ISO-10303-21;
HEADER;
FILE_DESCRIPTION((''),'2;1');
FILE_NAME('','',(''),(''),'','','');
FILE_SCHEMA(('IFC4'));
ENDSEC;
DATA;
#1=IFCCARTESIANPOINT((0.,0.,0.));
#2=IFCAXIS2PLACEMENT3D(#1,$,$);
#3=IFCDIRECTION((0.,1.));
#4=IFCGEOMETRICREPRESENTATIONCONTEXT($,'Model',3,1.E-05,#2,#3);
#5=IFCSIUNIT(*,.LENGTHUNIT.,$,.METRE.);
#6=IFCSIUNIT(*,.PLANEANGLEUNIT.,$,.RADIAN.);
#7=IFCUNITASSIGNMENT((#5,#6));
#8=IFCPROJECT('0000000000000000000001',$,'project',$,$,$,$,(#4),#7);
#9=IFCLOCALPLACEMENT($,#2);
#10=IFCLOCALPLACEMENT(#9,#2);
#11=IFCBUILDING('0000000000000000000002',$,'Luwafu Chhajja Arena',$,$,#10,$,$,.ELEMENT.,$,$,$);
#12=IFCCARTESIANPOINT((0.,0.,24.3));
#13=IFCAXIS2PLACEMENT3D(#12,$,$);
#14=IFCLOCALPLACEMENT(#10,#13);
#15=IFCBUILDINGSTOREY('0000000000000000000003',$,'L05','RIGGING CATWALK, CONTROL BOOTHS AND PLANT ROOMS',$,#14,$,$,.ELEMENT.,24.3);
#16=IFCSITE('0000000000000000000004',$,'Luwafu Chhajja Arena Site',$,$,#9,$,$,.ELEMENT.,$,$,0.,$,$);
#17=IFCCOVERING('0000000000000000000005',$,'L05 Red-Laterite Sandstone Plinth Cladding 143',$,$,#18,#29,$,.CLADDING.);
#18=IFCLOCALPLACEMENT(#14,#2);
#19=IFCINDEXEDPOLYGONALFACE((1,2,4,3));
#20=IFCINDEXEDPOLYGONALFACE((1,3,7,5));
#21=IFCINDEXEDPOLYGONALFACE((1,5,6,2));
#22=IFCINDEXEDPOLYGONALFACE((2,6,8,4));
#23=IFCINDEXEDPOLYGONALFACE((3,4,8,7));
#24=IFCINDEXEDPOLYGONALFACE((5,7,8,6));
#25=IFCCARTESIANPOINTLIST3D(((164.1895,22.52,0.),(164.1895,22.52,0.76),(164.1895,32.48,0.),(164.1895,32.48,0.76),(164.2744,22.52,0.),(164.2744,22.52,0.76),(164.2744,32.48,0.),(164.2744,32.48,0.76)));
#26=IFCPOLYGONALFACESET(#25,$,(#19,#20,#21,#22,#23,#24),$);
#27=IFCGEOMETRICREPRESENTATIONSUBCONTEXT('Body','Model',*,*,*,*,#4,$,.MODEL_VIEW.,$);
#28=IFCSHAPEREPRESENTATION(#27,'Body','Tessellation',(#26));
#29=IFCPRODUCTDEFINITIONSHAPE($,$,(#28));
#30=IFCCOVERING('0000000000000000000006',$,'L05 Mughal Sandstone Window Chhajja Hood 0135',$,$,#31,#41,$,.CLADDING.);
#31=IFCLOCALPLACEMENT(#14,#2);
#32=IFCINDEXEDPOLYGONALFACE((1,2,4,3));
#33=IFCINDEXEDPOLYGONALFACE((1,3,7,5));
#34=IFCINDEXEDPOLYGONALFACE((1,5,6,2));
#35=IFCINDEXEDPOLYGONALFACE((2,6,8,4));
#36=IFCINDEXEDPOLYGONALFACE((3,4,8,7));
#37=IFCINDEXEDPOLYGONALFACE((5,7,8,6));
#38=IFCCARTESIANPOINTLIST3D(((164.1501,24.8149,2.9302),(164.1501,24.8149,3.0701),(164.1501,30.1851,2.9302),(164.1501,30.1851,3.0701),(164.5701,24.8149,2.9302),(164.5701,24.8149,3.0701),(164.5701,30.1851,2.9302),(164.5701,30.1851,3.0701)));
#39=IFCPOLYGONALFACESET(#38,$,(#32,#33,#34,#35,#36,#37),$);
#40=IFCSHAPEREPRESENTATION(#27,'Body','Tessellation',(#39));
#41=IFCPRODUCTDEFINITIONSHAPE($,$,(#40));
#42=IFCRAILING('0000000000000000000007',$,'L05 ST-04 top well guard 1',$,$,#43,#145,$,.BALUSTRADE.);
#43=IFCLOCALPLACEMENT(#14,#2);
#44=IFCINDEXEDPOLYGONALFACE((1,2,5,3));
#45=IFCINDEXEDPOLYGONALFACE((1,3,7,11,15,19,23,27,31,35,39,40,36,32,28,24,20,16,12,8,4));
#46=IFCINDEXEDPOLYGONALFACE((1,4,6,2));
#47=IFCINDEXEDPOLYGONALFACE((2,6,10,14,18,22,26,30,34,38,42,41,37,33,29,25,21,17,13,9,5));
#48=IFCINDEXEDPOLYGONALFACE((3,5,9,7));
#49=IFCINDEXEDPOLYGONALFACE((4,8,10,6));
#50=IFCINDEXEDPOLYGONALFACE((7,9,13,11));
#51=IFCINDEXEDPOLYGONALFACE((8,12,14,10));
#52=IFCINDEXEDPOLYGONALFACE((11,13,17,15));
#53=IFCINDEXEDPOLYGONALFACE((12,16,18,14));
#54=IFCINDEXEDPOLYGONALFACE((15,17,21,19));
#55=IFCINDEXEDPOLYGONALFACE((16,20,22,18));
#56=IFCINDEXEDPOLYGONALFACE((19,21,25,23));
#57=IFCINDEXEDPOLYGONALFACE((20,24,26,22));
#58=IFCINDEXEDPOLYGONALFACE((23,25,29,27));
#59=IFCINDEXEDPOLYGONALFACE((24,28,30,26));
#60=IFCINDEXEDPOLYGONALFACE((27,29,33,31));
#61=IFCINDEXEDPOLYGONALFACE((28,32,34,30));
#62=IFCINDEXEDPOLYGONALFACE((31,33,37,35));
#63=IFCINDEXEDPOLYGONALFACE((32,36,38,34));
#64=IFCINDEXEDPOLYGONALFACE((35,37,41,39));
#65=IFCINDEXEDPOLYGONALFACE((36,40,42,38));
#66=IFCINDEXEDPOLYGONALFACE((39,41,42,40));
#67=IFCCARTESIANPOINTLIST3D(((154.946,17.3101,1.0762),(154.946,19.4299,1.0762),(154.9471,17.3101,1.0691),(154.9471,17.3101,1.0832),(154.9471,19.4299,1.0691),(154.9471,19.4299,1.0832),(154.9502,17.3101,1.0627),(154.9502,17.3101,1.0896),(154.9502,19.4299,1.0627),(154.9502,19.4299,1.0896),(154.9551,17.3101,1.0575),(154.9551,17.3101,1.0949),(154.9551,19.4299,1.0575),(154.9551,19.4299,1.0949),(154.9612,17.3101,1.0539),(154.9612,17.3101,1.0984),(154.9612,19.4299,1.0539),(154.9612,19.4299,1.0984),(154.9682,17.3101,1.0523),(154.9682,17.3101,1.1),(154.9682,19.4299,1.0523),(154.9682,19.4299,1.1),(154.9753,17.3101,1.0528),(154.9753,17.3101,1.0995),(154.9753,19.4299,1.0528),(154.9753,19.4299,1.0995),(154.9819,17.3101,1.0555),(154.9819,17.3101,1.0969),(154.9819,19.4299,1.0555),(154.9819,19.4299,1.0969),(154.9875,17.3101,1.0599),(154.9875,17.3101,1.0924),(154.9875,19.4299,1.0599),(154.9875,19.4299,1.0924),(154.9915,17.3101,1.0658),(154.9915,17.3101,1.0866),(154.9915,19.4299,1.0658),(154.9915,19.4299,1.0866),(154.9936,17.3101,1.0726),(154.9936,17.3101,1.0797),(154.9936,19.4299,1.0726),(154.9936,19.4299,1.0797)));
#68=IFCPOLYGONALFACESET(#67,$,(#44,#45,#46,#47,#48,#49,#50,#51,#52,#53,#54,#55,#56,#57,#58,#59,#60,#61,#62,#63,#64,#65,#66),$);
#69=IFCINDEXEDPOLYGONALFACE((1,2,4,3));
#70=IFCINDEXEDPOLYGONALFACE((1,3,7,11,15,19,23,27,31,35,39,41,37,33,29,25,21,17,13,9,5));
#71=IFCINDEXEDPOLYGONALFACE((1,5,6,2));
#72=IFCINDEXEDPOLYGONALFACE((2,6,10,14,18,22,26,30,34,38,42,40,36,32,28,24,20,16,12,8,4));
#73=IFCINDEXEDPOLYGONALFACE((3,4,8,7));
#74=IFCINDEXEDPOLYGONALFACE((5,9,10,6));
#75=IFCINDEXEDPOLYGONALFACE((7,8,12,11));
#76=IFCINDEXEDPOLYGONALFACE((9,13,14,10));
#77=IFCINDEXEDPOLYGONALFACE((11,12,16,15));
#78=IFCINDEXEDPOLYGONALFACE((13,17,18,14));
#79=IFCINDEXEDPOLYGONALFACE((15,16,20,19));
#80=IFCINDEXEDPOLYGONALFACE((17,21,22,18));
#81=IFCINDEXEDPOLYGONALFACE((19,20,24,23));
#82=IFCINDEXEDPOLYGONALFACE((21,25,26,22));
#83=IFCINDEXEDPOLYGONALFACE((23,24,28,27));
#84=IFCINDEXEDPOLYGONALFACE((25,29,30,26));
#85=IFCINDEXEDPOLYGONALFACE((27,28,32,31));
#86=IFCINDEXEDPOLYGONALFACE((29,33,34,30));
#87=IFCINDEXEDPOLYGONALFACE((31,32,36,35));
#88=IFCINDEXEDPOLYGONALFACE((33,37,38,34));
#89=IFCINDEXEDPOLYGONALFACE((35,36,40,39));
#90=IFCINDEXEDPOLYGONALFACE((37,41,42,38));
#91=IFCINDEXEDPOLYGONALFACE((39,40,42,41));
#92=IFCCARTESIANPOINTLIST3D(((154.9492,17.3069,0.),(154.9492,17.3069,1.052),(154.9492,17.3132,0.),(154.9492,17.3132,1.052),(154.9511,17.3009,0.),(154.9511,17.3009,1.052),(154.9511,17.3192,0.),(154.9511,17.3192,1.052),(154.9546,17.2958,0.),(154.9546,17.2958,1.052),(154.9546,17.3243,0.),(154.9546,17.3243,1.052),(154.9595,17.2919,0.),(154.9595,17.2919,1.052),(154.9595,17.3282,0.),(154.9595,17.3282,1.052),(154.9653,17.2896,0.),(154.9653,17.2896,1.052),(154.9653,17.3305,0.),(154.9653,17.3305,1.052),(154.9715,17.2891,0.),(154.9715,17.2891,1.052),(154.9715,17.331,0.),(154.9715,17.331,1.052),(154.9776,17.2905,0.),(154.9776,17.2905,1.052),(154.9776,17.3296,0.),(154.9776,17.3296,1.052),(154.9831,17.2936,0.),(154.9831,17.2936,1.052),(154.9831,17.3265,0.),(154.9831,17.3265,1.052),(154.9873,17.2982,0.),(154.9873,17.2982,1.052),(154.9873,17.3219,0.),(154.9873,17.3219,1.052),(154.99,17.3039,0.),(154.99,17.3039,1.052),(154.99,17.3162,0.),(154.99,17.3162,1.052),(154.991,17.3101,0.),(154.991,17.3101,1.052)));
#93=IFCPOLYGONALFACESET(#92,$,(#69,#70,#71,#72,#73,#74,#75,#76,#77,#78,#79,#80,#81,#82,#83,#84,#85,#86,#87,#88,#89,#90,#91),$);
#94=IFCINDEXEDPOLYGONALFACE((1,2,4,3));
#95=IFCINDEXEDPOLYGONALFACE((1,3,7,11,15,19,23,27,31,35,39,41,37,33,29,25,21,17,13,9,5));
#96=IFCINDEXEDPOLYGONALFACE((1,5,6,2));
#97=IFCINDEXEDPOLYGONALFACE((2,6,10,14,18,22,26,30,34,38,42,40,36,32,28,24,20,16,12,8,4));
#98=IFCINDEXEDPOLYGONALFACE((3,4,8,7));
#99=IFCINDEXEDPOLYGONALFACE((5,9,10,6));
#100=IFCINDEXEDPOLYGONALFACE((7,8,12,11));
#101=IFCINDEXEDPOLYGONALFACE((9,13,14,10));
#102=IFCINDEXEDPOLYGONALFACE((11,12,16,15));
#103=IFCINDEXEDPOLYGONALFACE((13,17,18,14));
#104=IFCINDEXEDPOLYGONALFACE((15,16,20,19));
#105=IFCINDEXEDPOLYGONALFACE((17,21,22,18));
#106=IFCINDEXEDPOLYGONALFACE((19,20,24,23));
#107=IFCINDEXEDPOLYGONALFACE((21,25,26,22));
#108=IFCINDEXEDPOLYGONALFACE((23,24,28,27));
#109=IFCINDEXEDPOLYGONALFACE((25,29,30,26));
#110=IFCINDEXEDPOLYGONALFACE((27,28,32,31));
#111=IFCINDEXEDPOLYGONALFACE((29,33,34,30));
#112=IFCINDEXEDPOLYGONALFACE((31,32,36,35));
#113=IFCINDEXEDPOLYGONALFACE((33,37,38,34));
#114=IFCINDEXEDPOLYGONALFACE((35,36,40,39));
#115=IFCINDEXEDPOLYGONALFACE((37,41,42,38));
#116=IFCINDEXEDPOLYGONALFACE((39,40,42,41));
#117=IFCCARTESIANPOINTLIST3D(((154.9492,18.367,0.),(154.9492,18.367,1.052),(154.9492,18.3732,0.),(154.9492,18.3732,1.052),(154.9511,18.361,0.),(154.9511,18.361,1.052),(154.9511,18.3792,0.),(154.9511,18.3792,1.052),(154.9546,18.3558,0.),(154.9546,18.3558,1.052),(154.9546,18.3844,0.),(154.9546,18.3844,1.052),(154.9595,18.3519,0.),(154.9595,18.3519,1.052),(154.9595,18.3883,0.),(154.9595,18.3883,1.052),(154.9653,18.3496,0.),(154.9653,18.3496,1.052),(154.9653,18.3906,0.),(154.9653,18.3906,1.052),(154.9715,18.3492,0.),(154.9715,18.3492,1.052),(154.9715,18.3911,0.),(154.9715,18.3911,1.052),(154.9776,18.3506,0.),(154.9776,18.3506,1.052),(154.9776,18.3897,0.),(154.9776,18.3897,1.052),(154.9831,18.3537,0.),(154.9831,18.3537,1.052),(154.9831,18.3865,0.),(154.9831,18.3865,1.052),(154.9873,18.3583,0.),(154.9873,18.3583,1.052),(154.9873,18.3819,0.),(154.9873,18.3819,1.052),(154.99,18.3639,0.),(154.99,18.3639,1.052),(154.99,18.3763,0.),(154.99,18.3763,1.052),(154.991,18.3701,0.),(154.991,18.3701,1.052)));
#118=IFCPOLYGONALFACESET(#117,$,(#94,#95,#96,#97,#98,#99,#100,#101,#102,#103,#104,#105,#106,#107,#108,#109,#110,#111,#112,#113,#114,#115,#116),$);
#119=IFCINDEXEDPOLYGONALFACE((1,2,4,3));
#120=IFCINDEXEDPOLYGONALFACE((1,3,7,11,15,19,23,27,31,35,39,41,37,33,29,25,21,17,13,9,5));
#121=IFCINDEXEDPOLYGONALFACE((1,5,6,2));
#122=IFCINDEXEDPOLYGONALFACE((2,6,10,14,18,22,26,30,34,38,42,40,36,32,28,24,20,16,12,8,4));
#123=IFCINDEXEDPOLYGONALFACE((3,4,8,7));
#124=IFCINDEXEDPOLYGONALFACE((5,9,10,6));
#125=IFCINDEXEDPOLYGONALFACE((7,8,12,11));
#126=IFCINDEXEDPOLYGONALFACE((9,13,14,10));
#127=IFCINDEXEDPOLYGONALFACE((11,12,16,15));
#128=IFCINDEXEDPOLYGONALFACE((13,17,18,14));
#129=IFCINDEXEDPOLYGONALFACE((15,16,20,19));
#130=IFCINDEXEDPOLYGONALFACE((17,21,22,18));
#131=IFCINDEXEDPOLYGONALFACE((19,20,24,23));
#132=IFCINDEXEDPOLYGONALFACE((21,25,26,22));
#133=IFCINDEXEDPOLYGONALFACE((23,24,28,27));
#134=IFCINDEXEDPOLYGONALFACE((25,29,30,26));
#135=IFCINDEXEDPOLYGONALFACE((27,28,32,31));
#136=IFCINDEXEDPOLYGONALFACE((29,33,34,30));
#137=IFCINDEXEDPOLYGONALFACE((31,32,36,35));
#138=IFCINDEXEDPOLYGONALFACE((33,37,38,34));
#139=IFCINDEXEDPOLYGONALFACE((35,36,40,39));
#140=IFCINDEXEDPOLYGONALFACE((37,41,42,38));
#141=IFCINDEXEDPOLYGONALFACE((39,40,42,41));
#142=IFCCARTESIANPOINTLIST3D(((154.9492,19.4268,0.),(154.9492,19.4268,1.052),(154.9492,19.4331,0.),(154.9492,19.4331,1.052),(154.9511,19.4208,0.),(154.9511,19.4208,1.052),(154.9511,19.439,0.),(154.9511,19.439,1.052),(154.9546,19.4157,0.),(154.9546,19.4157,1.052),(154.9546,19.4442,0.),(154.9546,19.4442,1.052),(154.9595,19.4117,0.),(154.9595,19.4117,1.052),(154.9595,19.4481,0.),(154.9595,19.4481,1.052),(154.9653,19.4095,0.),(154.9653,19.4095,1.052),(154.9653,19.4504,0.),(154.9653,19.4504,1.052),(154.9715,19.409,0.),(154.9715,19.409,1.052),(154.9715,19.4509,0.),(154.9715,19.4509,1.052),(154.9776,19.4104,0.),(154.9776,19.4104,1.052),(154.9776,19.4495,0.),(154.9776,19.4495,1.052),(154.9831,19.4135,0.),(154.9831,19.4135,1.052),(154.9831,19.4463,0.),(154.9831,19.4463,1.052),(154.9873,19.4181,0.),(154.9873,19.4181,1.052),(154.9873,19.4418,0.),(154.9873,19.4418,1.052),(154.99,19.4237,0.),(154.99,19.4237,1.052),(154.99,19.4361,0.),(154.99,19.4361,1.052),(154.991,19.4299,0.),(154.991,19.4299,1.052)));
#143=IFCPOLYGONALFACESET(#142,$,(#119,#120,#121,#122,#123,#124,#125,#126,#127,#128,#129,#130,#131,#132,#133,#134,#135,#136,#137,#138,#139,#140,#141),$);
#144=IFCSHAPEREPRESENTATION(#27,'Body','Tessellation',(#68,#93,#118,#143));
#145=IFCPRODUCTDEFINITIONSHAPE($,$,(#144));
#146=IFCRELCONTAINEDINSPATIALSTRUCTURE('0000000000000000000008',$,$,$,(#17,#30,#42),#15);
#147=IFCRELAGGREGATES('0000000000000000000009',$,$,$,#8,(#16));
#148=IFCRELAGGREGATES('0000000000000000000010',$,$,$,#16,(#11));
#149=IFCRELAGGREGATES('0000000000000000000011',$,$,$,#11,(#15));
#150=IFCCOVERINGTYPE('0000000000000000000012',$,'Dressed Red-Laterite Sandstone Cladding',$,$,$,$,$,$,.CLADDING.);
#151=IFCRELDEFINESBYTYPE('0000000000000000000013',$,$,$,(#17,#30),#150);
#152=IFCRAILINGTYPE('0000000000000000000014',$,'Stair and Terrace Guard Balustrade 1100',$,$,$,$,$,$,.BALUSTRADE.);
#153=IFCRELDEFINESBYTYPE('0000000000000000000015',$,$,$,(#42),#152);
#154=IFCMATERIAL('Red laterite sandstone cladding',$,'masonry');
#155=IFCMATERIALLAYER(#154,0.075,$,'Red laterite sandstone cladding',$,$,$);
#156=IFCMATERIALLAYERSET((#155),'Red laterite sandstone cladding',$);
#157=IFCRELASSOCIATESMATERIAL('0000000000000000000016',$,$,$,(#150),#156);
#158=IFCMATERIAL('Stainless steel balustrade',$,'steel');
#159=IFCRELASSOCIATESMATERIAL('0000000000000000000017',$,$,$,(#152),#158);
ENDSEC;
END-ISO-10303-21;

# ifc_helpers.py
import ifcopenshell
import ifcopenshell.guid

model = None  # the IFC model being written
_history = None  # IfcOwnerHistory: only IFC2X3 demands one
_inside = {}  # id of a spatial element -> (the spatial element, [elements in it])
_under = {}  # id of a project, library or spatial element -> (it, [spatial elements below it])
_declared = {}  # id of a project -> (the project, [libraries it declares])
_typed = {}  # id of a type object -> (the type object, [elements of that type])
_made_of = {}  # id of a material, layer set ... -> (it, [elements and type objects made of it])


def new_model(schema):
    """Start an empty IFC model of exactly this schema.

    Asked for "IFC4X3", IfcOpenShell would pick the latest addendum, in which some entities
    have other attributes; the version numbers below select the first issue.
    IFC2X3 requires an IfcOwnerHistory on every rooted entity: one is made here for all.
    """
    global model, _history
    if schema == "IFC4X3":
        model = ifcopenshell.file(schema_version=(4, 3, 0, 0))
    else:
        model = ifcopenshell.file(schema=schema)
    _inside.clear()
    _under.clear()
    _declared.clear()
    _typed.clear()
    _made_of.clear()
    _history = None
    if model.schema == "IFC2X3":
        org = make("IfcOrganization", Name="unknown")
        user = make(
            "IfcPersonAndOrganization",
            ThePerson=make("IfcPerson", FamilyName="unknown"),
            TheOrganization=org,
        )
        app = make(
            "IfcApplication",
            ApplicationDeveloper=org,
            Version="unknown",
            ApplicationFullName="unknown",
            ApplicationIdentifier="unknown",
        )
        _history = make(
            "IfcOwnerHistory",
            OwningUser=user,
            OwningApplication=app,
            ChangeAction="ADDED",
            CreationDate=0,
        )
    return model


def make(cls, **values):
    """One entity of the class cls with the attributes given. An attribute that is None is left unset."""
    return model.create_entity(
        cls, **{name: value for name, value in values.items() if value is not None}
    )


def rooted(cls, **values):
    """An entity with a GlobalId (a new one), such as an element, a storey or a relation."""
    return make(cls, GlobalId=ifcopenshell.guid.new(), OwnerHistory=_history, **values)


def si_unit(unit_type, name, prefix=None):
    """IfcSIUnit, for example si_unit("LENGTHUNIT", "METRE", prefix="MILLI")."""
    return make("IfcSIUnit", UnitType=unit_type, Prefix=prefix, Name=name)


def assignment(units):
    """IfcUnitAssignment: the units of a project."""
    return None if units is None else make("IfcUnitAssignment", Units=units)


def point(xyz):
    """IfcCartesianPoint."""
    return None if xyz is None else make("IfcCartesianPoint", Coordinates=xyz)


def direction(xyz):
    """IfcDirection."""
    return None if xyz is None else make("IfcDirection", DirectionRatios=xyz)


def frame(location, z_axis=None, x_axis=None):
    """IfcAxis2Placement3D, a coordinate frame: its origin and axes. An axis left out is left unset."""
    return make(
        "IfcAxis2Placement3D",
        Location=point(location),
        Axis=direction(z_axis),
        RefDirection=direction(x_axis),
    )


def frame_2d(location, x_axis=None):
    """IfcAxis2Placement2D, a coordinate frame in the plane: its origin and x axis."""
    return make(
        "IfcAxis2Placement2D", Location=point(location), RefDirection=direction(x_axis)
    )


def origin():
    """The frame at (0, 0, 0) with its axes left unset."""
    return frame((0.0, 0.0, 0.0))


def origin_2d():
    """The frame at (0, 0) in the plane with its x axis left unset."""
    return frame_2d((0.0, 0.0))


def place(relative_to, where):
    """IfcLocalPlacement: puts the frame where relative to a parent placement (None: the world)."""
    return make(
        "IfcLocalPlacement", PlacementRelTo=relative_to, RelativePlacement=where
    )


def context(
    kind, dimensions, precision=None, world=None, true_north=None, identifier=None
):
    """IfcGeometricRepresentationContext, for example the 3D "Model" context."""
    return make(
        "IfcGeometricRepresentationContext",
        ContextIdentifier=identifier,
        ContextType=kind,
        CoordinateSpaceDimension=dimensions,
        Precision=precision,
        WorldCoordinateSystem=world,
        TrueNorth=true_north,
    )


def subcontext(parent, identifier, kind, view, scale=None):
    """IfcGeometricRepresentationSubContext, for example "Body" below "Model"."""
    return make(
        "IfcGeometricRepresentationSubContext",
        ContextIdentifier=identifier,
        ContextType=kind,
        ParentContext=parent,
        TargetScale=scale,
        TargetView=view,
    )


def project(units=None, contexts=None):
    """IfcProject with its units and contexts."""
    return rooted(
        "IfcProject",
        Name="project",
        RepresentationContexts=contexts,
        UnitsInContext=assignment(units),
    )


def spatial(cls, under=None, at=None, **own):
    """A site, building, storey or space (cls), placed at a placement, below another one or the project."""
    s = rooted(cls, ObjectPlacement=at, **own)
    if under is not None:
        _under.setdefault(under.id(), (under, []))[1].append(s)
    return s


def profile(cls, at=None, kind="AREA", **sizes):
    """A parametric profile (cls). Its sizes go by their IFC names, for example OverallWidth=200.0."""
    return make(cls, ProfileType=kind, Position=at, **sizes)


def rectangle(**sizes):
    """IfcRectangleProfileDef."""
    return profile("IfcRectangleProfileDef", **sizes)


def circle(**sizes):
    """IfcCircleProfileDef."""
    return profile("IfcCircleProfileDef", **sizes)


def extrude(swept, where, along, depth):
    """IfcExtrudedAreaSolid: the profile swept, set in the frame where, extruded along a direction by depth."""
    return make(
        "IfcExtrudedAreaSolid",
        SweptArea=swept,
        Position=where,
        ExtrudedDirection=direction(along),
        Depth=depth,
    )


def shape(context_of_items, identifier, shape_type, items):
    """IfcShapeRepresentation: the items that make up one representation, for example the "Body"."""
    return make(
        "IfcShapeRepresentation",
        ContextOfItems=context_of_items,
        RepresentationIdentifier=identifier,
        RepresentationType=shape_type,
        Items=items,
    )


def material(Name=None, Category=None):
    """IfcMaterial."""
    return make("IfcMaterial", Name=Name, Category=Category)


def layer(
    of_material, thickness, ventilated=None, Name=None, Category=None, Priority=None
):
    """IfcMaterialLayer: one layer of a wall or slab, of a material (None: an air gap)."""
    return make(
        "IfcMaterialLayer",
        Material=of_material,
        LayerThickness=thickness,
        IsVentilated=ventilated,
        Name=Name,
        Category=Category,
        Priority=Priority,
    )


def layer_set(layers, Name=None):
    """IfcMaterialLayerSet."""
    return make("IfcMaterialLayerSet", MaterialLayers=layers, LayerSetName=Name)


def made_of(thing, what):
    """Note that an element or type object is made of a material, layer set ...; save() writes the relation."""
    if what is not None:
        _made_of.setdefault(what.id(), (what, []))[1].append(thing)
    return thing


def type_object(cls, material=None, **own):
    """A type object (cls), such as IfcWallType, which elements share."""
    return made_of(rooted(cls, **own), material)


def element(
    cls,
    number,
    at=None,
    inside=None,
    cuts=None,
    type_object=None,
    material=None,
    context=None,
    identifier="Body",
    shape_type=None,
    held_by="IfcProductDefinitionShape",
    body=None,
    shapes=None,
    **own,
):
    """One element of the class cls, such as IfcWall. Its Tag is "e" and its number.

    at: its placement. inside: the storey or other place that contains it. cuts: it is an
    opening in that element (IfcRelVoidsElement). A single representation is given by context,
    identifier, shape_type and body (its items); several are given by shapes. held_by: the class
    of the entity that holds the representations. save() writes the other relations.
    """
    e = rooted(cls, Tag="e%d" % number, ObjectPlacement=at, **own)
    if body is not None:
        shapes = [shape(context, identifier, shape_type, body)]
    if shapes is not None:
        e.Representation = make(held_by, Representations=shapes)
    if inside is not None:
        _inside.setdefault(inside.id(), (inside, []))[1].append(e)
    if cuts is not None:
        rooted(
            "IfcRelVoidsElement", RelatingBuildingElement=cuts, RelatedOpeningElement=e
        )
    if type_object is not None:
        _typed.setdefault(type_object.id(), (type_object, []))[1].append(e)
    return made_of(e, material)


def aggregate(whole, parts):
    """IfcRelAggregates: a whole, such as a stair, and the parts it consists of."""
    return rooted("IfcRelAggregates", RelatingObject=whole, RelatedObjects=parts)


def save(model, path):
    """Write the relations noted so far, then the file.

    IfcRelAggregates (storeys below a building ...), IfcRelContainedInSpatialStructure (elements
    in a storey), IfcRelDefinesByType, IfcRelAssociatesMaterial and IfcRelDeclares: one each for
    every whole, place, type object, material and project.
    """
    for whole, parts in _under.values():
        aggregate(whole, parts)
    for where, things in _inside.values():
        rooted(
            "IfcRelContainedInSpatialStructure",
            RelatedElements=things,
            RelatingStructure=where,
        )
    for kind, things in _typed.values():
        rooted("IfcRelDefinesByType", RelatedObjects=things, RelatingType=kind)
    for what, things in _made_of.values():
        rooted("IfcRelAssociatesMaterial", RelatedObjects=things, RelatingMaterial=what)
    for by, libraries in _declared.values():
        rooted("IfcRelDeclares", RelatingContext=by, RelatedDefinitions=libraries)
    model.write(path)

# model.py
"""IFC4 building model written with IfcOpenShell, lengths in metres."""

from ifc_helpers import new_model, si_unit, direction, frame, origin, origin_2d, place, context, subcontext, project, spatial, rectangle, circle, extrude, material, layer, layer_set, type_object, element, save


model = new_model("IFC4")

# Units and contexts
model_context = context("Model", 3, precision=1e-05, world=origin(), true_north=direction((0.0, 1.0)))
body_context = subcontext(model_context, "Body", "Model", "MODEL_VIEW")
ifc_project = project(units=[si_unit("LENGTHUNIT", "METRE"), si_unit("PLANEANGLEUNIT", "RADIAN")], contexts=[model_context])

# Site, building, storey
site_placement = place(None, origin())
site = spatial("IfcSite", under=ifc_project, at=site_placement, Name="Luwafu Chhajja Arena Site", CompositionType="ELEMENT", RefElevation=0.0)
building_placement = place(site_placement, origin())
building = spatial("IfcBuilding", under=site, at=building_placement, Name="Luwafu Chhajja Arena", CompositionType="ELEMENT")
storey_placement = place(building_placement, frame((0.0, 0.0, 24.3)))
storey = spatial("IfcBuildingStorey", under=building, at=storey_placement, Name="L05", Description="RIGGING CATWALK, CONTROL BOOTHS AND PLANT ROOMS", CompositionType="ELEMENT", Elevation=24.3)

# Coverings
ifc_material_1 = material(Name="Red laterite sandstone cladding", Category="masonry")
ifc_layer_1 = layer(ifc_material_1, 0.075, Name="Red laterite sandstone cladding")
ifc_layer_set_1 = layer_set([ifc_layer_1], Name="Red laterite sandstone cladding")
covering_type = type_object("IfcCoveringType", Name="Dressed Red-Laterite Sandstone Cladding", PredefinedType="CLADDING", material=ifc_layer_set_1)
covering_1_placement = place(storey_placement, frame((164.2319, 27.5, 0.0), z_axis=(0.0, 0.0, 1.0), x_axis=(0.0, 1.0, 0.0)))
element("IfcCovering", 1, at=covering_1_placement, inside=storey, type_object=covering_type, Name="L05 Red-Laterite Sandstone Plinth Cladding 143", PredefinedType="CLADDING", context=body_context, shape_type="SweptSolid", body=[
    extrude(rectangle(XDim=9.96, YDim=0.085, at=origin_2d()), origin(), (0.0, 0.0, 1.0), 0.76),
])
covering_2_placement = place(storey_placement, frame((164.3601, 27.5, 2.9302), z_axis=(0.0, 0.0, 1.0), x_axis=(0.0, 1.0, 0.0)))
element("IfcCovering", 2, at=covering_2_placement, inside=storey, type_object=covering_type, Name="L05 Mughal Sandstone Window Chhajja Hood 0135", PredefinedType="CLADDING", context=body_context, shape_type="SweptSolid", body=[
    extrude(rectangle(XDim=5.3701, YDim=0.4199, at=origin_2d()), origin(), (0.0, 0.0, 1.0), 0.1399),
])

# Railing
ifc_material_2 = material(Name="Stainless steel balustrade", Category="steel")
railing_type = type_object("IfcRailingType", Name="Stair and Terrace Guard Balustrade 1100", PredefinedType="BALUSTRADE", material=ifc_material_2)
railing_1_placement = place(storey_placement, frame((154.97, 17.3101, 0.0)))
element("IfcRailing", 3, at=railing_1_placement, inside=storey, type_object=railing_type, Name="L05 ST-04 top well guard 1", PredefinedType="BALUSTRADE", context=body_context, shape_type="SweptSolid", body=[
    extrude(circle(Radius=0.0239, at=origin_2d()), frame((0.0, 0.0, 1.0762), z_axis=(0.0, 1.0, 0.0), x_axis=(-1.0, 0.0, 0.0)), (0.0, 0.0, 1.0), 2.1199),
    extrude(circle(Radius=0.021, at=origin_2d()), origin(), (0.0, 0.0, 1.0), 1.052),
    extrude(circle(Radius=0.021, at=origin_2d()), frame((0.0, 1.0601, 0.0)), (0.0, 0.0, 1.0), 1.052),
    extrude(circle(Radius=0.021, at=origin_2d()), frame((0.0, 2.1199, 0.0)), (0.0, 0.0, 1.0), 1.052),
])

save(model, "model.ifc")
